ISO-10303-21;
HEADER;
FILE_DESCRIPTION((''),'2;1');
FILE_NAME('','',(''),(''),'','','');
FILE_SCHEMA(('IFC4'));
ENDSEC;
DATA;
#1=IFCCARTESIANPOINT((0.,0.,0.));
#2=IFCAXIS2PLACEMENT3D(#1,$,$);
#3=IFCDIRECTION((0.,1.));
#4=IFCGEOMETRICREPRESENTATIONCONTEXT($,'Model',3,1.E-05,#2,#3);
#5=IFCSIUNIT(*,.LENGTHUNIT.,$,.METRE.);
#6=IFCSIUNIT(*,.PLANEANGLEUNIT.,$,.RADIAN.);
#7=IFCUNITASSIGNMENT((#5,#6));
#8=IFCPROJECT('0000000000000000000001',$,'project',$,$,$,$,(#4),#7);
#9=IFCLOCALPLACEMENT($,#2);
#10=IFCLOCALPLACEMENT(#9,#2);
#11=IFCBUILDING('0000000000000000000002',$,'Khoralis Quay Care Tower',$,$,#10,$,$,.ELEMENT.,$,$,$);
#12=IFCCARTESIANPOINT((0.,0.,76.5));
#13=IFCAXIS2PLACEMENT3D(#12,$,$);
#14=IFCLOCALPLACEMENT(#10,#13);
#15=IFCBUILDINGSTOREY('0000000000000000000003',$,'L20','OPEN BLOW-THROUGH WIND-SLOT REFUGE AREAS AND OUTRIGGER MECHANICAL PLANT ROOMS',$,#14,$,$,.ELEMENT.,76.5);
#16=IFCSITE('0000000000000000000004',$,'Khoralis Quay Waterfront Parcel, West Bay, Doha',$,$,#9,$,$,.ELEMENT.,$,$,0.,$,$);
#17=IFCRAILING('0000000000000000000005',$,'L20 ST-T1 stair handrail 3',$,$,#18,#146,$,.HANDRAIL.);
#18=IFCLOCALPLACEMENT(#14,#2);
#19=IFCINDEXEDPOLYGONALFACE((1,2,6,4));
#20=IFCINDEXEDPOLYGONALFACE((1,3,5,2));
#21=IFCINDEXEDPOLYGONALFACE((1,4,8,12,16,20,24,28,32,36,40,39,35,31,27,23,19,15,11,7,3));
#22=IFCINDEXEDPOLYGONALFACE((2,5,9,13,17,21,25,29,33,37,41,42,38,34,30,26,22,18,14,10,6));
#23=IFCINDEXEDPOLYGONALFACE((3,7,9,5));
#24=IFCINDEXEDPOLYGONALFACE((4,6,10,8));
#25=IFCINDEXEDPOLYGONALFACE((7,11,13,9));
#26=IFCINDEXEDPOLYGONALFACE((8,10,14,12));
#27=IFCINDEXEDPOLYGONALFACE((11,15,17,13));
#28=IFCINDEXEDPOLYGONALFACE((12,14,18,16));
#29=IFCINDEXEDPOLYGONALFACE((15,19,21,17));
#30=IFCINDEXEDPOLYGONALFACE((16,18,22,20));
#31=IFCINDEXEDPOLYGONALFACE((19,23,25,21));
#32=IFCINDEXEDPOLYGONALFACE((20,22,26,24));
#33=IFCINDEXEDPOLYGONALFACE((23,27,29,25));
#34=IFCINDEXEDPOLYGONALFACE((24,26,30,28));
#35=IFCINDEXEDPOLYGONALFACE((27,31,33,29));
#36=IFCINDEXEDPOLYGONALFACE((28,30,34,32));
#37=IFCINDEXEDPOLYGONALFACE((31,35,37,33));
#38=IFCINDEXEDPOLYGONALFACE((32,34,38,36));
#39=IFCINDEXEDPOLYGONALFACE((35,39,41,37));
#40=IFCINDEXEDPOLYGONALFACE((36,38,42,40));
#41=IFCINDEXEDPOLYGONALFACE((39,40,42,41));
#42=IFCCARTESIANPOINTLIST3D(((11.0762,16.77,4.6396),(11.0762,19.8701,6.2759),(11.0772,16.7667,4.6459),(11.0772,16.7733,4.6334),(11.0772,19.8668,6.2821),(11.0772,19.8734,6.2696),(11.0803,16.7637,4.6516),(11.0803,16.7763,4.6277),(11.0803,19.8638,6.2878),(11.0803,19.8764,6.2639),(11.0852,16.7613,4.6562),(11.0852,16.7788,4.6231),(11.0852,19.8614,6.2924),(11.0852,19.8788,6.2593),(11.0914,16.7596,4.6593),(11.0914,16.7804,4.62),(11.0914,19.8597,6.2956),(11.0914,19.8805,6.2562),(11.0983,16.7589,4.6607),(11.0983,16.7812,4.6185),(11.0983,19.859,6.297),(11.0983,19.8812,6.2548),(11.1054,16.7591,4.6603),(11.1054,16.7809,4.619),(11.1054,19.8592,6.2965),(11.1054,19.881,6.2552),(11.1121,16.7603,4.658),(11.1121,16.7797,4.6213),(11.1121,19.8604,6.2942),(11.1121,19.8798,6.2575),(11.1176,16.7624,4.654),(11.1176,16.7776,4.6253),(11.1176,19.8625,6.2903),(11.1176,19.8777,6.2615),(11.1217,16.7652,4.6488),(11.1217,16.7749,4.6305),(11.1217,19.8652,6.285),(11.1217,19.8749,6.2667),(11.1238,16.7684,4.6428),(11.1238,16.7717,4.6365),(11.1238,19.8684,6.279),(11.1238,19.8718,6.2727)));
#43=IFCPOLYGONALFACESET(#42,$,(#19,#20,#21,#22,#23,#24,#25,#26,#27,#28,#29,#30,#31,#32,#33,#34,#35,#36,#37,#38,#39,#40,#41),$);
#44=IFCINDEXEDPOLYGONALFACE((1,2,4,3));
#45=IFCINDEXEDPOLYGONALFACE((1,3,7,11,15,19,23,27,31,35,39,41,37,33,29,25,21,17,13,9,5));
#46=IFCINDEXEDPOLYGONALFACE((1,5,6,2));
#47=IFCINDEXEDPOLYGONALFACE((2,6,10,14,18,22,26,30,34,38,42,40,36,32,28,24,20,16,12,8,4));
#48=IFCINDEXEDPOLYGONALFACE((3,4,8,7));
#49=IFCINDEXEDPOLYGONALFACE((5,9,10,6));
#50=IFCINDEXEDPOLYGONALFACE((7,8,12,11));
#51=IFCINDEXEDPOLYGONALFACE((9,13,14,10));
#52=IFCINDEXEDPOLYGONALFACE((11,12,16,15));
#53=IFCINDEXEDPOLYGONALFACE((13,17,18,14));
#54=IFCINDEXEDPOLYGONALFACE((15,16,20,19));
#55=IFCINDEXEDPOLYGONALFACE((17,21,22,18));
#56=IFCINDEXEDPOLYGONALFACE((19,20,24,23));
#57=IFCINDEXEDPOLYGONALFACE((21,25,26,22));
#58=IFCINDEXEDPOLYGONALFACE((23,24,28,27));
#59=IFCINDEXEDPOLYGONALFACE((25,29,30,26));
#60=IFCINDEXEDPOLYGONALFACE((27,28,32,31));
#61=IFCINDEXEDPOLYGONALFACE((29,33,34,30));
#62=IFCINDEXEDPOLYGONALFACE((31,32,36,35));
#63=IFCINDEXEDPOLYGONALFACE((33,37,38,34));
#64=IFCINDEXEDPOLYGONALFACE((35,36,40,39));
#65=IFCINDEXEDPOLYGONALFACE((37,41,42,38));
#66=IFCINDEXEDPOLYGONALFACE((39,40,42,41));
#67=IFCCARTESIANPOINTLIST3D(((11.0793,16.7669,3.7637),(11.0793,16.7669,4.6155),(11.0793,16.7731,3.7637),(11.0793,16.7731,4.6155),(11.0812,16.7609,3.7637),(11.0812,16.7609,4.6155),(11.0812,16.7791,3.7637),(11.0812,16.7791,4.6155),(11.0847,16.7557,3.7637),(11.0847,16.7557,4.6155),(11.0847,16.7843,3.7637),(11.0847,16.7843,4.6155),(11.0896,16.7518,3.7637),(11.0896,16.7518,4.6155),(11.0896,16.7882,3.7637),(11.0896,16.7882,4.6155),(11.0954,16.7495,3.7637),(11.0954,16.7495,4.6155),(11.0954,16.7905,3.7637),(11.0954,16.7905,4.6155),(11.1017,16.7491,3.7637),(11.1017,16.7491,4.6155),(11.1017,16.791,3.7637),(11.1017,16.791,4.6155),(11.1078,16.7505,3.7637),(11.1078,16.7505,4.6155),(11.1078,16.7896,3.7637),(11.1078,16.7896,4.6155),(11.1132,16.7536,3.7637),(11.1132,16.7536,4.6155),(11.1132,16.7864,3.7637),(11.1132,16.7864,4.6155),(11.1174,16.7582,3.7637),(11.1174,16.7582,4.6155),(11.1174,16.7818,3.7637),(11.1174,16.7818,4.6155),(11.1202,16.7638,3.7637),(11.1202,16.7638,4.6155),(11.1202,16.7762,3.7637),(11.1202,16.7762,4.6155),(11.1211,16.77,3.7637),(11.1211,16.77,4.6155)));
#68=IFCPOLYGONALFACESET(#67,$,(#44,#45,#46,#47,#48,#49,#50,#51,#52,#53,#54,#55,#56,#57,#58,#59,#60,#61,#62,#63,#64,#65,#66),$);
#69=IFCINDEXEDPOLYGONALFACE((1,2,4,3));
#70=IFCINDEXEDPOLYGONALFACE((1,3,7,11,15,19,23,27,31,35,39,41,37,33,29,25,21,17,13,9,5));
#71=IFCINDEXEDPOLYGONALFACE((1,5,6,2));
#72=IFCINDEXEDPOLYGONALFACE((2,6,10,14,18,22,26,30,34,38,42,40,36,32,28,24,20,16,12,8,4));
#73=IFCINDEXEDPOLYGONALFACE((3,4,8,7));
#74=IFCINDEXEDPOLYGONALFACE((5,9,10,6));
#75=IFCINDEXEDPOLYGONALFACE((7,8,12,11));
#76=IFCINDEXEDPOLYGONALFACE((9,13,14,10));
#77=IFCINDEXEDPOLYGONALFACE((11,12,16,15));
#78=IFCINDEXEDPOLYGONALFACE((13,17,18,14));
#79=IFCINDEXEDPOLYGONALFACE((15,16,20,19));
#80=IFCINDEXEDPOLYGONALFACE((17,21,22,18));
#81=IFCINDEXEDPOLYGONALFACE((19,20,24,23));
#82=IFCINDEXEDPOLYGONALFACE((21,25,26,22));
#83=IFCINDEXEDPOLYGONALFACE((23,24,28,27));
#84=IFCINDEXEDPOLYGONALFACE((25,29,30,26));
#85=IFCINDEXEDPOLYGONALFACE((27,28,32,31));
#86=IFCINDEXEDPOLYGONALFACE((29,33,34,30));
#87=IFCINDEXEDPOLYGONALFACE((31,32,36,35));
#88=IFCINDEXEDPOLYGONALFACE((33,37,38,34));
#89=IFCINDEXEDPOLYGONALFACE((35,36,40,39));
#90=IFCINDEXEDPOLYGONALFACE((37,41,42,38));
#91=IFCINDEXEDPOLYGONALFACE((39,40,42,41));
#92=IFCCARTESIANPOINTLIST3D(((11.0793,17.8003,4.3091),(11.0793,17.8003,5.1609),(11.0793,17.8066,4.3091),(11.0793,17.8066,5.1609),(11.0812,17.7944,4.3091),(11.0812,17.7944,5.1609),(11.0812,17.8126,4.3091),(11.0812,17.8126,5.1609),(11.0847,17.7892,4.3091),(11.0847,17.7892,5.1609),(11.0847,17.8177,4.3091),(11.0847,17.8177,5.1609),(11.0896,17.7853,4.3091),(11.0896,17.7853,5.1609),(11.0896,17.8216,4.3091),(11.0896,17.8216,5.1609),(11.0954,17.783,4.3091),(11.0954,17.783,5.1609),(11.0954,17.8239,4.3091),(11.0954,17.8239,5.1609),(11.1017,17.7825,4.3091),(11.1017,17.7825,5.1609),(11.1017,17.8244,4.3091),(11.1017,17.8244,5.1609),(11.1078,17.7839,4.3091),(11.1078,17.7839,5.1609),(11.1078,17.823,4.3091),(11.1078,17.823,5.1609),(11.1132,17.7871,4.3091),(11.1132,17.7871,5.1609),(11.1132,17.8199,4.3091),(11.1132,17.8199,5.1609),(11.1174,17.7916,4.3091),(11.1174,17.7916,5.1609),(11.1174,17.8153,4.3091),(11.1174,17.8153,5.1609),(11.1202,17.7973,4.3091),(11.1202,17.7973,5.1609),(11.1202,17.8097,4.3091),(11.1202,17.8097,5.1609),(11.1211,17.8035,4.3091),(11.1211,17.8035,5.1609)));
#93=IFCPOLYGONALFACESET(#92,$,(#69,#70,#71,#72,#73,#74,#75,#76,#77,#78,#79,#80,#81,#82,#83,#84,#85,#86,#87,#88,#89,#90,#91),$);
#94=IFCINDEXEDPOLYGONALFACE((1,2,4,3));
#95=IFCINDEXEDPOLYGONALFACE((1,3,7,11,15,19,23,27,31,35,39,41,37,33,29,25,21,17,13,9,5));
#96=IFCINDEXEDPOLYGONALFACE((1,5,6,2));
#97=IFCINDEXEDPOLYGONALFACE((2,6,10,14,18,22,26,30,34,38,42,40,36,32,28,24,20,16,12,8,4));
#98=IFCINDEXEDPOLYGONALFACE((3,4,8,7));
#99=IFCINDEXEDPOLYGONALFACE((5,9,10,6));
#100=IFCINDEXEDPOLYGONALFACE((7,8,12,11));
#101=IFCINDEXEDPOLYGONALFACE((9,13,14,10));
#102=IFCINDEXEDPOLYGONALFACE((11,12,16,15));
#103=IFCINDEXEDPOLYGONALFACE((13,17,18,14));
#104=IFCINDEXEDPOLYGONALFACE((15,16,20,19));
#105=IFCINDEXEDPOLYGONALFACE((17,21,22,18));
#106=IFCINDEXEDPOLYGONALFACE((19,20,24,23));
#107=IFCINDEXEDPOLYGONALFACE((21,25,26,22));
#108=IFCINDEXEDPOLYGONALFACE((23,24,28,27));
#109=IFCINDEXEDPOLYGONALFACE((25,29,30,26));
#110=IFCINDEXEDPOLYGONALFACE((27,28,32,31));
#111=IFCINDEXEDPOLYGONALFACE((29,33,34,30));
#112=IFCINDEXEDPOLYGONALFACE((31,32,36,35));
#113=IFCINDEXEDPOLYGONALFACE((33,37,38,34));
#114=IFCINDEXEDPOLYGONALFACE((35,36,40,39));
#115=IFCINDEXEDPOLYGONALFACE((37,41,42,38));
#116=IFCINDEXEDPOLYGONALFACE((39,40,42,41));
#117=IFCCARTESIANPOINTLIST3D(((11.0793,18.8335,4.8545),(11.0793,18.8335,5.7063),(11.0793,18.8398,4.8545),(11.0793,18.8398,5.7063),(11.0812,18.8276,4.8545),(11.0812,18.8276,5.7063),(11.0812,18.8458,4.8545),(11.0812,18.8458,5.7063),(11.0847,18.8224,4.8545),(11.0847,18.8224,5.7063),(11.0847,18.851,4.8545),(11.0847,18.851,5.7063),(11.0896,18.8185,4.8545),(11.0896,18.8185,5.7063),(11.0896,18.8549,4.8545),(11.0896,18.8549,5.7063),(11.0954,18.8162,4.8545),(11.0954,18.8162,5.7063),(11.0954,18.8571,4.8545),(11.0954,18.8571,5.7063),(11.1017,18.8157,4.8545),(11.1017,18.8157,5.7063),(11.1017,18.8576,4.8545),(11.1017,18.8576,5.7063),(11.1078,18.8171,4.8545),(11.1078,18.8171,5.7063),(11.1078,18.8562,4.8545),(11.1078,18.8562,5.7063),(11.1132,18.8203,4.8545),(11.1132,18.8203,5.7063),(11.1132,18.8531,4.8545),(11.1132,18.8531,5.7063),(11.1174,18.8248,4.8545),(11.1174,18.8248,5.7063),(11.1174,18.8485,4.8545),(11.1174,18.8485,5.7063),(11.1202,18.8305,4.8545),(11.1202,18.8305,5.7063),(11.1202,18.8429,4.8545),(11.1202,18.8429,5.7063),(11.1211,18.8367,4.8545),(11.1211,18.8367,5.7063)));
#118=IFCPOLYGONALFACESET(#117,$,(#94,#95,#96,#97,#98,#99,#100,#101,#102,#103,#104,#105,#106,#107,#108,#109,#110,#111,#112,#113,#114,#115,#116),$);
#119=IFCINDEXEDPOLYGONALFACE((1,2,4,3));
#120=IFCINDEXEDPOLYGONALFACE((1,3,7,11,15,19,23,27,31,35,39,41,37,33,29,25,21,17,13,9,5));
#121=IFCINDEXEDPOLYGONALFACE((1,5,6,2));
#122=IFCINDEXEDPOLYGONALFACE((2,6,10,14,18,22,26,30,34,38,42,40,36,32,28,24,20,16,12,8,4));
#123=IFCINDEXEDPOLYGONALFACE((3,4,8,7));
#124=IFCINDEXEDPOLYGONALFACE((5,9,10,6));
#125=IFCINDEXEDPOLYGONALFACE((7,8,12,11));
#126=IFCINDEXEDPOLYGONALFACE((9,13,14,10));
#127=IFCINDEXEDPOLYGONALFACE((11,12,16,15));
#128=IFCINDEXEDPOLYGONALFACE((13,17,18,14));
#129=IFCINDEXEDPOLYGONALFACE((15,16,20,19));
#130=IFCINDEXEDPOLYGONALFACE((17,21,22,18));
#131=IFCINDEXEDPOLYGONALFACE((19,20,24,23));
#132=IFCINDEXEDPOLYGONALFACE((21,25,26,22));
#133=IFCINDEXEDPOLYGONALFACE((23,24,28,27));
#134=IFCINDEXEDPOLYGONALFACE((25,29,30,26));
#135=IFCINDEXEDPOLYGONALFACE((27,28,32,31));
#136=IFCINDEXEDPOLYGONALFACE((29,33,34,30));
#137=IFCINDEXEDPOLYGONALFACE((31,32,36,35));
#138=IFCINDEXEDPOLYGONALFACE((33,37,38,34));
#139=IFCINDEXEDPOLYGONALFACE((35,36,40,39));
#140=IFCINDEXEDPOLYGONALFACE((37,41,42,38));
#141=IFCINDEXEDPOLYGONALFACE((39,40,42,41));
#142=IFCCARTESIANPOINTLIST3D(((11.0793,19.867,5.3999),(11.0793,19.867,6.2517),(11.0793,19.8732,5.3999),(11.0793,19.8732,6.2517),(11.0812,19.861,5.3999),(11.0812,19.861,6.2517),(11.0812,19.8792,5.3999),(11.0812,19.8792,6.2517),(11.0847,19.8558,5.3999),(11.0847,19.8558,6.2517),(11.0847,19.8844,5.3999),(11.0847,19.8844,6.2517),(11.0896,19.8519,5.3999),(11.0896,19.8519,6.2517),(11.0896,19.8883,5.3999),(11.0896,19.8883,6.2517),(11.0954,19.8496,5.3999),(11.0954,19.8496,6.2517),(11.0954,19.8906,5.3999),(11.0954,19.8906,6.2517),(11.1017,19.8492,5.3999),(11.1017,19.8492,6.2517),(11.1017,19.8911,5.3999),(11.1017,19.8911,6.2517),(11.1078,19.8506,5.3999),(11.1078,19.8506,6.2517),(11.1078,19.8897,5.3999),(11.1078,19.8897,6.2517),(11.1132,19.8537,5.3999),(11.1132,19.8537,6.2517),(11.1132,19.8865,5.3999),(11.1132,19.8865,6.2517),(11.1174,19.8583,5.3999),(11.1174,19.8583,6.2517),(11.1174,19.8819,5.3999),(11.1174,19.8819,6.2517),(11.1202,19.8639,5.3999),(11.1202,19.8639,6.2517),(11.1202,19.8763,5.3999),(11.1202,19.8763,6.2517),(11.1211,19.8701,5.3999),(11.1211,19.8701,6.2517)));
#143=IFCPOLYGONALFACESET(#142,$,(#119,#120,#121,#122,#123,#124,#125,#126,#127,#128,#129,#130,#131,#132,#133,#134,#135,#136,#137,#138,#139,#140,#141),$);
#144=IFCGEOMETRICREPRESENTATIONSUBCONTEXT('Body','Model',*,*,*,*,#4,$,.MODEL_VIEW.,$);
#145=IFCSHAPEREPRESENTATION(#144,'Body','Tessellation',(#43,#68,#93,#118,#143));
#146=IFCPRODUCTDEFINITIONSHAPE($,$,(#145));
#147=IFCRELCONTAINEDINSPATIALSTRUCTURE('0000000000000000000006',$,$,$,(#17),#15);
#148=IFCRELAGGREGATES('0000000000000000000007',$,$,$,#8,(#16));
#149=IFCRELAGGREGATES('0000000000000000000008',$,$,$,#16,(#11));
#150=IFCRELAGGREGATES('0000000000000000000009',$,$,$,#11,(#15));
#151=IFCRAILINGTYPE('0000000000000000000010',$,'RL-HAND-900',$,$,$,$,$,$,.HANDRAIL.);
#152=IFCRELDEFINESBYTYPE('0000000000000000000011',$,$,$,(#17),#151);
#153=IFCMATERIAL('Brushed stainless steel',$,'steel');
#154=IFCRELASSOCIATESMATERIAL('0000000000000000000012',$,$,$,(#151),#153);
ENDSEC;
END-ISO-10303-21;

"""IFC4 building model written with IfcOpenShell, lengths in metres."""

from ifc_helpers import new_model, si_unit, direction, frame, origin, origin_2d, place, context, subcontext, project, spatial, circle, extrude, material, type_object, element, save


model = new_model("IFC4")

# Units and contexts
model_context = context("Model", 3, precision=1e-05, world=origin(), true_north=direction((0.0, 1.0)))
body_context = subcontext(model_context, "Body", "Model", "MODEL_VIEW")
ifc_project = project(units=[si_unit("LENGTHUNIT", "METRE"), si_unit("PLANEANGLEUNIT", "RADIAN")], contexts=[model_context])

# Site, building, storey
site_placement = place(None, origin())
site = spatial("IfcSite", under=ifc_project, at=site_placement, Name="Khoralis Quay Waterfront Parcel, West Bay, Doha", CompositionType="ELEMENT", RefElevation=0.0)
building_placement = place(site_placement, origin())
building = spatial("IfcBuilding", under=site, at=building_placement, Name="Khoralis Quay Care Tower", CompositionType="ELEMENT")
storey_placement = place(building_placement, frame((0.0, 0.0, 76.5)))
storey = spatial("IfcBuildingStorey", under=building, at=storey_placement, Name="L20", Description="OPEN BLOW-THROUGH WIND-SLOT REFUGE AREAS AND OUTRIGGER MECHANICAL PLANT ROOMS", CompositionType="ELEMENT", Elevation=76.5)

# Railing
ifc_material_1 = material(Name="Brushed stainless steel", Category="steel")
railing_type = type_object("IfcRailingType", Name="RL-HAND-900", PredefinedType="HANDRAIL", material=ifc_material_1)
railing_1_placement = place(storey_placement, frame((11.1001, 16.77, 3.7637)))
element("IfcRailing", 1, at=railing_1_placement, inside=storey, type_object=railing_type, Name="L20 ST-T1 stair handrail 3", PredefinedType="HANDRAIL", context=body_context, shape_type="SweptSolid", body=[
    extrude(circle(Radius=0.0239, at=origin_2d()), frame((0.0, 0.0, 0.876), z_axis=(0.0, 0.884377, 0.466774), x_axis=(-1.0, 0.0, 0.0)), (0.0, 0.0, 1.0), 3.5054),
    extrude(circle(Radius=0.021, at=origin_2d()), origin(), (0.0, 0.0, 1.0), 0.8518),
    extrude(circle(Radius=0.021, at=origin_2d()), frame((0.0, 1.0334, 0.5454)), (0.0, 0.0, 1.0), 0.8518),
    extrude(circle(Radius=0.021, at=origin_2d()), frame((0.0, 2.0667, 1.0908)), (0.0, 0.0, 1.0), 0.8518),
    extrude(circle(Radius=0.021, at=origin_2d()), frame((0.0, 3.1001, 1.6362)), (0.0, 0.0, 1.0), 0.8518),
])

save(model, "model.ifc")
